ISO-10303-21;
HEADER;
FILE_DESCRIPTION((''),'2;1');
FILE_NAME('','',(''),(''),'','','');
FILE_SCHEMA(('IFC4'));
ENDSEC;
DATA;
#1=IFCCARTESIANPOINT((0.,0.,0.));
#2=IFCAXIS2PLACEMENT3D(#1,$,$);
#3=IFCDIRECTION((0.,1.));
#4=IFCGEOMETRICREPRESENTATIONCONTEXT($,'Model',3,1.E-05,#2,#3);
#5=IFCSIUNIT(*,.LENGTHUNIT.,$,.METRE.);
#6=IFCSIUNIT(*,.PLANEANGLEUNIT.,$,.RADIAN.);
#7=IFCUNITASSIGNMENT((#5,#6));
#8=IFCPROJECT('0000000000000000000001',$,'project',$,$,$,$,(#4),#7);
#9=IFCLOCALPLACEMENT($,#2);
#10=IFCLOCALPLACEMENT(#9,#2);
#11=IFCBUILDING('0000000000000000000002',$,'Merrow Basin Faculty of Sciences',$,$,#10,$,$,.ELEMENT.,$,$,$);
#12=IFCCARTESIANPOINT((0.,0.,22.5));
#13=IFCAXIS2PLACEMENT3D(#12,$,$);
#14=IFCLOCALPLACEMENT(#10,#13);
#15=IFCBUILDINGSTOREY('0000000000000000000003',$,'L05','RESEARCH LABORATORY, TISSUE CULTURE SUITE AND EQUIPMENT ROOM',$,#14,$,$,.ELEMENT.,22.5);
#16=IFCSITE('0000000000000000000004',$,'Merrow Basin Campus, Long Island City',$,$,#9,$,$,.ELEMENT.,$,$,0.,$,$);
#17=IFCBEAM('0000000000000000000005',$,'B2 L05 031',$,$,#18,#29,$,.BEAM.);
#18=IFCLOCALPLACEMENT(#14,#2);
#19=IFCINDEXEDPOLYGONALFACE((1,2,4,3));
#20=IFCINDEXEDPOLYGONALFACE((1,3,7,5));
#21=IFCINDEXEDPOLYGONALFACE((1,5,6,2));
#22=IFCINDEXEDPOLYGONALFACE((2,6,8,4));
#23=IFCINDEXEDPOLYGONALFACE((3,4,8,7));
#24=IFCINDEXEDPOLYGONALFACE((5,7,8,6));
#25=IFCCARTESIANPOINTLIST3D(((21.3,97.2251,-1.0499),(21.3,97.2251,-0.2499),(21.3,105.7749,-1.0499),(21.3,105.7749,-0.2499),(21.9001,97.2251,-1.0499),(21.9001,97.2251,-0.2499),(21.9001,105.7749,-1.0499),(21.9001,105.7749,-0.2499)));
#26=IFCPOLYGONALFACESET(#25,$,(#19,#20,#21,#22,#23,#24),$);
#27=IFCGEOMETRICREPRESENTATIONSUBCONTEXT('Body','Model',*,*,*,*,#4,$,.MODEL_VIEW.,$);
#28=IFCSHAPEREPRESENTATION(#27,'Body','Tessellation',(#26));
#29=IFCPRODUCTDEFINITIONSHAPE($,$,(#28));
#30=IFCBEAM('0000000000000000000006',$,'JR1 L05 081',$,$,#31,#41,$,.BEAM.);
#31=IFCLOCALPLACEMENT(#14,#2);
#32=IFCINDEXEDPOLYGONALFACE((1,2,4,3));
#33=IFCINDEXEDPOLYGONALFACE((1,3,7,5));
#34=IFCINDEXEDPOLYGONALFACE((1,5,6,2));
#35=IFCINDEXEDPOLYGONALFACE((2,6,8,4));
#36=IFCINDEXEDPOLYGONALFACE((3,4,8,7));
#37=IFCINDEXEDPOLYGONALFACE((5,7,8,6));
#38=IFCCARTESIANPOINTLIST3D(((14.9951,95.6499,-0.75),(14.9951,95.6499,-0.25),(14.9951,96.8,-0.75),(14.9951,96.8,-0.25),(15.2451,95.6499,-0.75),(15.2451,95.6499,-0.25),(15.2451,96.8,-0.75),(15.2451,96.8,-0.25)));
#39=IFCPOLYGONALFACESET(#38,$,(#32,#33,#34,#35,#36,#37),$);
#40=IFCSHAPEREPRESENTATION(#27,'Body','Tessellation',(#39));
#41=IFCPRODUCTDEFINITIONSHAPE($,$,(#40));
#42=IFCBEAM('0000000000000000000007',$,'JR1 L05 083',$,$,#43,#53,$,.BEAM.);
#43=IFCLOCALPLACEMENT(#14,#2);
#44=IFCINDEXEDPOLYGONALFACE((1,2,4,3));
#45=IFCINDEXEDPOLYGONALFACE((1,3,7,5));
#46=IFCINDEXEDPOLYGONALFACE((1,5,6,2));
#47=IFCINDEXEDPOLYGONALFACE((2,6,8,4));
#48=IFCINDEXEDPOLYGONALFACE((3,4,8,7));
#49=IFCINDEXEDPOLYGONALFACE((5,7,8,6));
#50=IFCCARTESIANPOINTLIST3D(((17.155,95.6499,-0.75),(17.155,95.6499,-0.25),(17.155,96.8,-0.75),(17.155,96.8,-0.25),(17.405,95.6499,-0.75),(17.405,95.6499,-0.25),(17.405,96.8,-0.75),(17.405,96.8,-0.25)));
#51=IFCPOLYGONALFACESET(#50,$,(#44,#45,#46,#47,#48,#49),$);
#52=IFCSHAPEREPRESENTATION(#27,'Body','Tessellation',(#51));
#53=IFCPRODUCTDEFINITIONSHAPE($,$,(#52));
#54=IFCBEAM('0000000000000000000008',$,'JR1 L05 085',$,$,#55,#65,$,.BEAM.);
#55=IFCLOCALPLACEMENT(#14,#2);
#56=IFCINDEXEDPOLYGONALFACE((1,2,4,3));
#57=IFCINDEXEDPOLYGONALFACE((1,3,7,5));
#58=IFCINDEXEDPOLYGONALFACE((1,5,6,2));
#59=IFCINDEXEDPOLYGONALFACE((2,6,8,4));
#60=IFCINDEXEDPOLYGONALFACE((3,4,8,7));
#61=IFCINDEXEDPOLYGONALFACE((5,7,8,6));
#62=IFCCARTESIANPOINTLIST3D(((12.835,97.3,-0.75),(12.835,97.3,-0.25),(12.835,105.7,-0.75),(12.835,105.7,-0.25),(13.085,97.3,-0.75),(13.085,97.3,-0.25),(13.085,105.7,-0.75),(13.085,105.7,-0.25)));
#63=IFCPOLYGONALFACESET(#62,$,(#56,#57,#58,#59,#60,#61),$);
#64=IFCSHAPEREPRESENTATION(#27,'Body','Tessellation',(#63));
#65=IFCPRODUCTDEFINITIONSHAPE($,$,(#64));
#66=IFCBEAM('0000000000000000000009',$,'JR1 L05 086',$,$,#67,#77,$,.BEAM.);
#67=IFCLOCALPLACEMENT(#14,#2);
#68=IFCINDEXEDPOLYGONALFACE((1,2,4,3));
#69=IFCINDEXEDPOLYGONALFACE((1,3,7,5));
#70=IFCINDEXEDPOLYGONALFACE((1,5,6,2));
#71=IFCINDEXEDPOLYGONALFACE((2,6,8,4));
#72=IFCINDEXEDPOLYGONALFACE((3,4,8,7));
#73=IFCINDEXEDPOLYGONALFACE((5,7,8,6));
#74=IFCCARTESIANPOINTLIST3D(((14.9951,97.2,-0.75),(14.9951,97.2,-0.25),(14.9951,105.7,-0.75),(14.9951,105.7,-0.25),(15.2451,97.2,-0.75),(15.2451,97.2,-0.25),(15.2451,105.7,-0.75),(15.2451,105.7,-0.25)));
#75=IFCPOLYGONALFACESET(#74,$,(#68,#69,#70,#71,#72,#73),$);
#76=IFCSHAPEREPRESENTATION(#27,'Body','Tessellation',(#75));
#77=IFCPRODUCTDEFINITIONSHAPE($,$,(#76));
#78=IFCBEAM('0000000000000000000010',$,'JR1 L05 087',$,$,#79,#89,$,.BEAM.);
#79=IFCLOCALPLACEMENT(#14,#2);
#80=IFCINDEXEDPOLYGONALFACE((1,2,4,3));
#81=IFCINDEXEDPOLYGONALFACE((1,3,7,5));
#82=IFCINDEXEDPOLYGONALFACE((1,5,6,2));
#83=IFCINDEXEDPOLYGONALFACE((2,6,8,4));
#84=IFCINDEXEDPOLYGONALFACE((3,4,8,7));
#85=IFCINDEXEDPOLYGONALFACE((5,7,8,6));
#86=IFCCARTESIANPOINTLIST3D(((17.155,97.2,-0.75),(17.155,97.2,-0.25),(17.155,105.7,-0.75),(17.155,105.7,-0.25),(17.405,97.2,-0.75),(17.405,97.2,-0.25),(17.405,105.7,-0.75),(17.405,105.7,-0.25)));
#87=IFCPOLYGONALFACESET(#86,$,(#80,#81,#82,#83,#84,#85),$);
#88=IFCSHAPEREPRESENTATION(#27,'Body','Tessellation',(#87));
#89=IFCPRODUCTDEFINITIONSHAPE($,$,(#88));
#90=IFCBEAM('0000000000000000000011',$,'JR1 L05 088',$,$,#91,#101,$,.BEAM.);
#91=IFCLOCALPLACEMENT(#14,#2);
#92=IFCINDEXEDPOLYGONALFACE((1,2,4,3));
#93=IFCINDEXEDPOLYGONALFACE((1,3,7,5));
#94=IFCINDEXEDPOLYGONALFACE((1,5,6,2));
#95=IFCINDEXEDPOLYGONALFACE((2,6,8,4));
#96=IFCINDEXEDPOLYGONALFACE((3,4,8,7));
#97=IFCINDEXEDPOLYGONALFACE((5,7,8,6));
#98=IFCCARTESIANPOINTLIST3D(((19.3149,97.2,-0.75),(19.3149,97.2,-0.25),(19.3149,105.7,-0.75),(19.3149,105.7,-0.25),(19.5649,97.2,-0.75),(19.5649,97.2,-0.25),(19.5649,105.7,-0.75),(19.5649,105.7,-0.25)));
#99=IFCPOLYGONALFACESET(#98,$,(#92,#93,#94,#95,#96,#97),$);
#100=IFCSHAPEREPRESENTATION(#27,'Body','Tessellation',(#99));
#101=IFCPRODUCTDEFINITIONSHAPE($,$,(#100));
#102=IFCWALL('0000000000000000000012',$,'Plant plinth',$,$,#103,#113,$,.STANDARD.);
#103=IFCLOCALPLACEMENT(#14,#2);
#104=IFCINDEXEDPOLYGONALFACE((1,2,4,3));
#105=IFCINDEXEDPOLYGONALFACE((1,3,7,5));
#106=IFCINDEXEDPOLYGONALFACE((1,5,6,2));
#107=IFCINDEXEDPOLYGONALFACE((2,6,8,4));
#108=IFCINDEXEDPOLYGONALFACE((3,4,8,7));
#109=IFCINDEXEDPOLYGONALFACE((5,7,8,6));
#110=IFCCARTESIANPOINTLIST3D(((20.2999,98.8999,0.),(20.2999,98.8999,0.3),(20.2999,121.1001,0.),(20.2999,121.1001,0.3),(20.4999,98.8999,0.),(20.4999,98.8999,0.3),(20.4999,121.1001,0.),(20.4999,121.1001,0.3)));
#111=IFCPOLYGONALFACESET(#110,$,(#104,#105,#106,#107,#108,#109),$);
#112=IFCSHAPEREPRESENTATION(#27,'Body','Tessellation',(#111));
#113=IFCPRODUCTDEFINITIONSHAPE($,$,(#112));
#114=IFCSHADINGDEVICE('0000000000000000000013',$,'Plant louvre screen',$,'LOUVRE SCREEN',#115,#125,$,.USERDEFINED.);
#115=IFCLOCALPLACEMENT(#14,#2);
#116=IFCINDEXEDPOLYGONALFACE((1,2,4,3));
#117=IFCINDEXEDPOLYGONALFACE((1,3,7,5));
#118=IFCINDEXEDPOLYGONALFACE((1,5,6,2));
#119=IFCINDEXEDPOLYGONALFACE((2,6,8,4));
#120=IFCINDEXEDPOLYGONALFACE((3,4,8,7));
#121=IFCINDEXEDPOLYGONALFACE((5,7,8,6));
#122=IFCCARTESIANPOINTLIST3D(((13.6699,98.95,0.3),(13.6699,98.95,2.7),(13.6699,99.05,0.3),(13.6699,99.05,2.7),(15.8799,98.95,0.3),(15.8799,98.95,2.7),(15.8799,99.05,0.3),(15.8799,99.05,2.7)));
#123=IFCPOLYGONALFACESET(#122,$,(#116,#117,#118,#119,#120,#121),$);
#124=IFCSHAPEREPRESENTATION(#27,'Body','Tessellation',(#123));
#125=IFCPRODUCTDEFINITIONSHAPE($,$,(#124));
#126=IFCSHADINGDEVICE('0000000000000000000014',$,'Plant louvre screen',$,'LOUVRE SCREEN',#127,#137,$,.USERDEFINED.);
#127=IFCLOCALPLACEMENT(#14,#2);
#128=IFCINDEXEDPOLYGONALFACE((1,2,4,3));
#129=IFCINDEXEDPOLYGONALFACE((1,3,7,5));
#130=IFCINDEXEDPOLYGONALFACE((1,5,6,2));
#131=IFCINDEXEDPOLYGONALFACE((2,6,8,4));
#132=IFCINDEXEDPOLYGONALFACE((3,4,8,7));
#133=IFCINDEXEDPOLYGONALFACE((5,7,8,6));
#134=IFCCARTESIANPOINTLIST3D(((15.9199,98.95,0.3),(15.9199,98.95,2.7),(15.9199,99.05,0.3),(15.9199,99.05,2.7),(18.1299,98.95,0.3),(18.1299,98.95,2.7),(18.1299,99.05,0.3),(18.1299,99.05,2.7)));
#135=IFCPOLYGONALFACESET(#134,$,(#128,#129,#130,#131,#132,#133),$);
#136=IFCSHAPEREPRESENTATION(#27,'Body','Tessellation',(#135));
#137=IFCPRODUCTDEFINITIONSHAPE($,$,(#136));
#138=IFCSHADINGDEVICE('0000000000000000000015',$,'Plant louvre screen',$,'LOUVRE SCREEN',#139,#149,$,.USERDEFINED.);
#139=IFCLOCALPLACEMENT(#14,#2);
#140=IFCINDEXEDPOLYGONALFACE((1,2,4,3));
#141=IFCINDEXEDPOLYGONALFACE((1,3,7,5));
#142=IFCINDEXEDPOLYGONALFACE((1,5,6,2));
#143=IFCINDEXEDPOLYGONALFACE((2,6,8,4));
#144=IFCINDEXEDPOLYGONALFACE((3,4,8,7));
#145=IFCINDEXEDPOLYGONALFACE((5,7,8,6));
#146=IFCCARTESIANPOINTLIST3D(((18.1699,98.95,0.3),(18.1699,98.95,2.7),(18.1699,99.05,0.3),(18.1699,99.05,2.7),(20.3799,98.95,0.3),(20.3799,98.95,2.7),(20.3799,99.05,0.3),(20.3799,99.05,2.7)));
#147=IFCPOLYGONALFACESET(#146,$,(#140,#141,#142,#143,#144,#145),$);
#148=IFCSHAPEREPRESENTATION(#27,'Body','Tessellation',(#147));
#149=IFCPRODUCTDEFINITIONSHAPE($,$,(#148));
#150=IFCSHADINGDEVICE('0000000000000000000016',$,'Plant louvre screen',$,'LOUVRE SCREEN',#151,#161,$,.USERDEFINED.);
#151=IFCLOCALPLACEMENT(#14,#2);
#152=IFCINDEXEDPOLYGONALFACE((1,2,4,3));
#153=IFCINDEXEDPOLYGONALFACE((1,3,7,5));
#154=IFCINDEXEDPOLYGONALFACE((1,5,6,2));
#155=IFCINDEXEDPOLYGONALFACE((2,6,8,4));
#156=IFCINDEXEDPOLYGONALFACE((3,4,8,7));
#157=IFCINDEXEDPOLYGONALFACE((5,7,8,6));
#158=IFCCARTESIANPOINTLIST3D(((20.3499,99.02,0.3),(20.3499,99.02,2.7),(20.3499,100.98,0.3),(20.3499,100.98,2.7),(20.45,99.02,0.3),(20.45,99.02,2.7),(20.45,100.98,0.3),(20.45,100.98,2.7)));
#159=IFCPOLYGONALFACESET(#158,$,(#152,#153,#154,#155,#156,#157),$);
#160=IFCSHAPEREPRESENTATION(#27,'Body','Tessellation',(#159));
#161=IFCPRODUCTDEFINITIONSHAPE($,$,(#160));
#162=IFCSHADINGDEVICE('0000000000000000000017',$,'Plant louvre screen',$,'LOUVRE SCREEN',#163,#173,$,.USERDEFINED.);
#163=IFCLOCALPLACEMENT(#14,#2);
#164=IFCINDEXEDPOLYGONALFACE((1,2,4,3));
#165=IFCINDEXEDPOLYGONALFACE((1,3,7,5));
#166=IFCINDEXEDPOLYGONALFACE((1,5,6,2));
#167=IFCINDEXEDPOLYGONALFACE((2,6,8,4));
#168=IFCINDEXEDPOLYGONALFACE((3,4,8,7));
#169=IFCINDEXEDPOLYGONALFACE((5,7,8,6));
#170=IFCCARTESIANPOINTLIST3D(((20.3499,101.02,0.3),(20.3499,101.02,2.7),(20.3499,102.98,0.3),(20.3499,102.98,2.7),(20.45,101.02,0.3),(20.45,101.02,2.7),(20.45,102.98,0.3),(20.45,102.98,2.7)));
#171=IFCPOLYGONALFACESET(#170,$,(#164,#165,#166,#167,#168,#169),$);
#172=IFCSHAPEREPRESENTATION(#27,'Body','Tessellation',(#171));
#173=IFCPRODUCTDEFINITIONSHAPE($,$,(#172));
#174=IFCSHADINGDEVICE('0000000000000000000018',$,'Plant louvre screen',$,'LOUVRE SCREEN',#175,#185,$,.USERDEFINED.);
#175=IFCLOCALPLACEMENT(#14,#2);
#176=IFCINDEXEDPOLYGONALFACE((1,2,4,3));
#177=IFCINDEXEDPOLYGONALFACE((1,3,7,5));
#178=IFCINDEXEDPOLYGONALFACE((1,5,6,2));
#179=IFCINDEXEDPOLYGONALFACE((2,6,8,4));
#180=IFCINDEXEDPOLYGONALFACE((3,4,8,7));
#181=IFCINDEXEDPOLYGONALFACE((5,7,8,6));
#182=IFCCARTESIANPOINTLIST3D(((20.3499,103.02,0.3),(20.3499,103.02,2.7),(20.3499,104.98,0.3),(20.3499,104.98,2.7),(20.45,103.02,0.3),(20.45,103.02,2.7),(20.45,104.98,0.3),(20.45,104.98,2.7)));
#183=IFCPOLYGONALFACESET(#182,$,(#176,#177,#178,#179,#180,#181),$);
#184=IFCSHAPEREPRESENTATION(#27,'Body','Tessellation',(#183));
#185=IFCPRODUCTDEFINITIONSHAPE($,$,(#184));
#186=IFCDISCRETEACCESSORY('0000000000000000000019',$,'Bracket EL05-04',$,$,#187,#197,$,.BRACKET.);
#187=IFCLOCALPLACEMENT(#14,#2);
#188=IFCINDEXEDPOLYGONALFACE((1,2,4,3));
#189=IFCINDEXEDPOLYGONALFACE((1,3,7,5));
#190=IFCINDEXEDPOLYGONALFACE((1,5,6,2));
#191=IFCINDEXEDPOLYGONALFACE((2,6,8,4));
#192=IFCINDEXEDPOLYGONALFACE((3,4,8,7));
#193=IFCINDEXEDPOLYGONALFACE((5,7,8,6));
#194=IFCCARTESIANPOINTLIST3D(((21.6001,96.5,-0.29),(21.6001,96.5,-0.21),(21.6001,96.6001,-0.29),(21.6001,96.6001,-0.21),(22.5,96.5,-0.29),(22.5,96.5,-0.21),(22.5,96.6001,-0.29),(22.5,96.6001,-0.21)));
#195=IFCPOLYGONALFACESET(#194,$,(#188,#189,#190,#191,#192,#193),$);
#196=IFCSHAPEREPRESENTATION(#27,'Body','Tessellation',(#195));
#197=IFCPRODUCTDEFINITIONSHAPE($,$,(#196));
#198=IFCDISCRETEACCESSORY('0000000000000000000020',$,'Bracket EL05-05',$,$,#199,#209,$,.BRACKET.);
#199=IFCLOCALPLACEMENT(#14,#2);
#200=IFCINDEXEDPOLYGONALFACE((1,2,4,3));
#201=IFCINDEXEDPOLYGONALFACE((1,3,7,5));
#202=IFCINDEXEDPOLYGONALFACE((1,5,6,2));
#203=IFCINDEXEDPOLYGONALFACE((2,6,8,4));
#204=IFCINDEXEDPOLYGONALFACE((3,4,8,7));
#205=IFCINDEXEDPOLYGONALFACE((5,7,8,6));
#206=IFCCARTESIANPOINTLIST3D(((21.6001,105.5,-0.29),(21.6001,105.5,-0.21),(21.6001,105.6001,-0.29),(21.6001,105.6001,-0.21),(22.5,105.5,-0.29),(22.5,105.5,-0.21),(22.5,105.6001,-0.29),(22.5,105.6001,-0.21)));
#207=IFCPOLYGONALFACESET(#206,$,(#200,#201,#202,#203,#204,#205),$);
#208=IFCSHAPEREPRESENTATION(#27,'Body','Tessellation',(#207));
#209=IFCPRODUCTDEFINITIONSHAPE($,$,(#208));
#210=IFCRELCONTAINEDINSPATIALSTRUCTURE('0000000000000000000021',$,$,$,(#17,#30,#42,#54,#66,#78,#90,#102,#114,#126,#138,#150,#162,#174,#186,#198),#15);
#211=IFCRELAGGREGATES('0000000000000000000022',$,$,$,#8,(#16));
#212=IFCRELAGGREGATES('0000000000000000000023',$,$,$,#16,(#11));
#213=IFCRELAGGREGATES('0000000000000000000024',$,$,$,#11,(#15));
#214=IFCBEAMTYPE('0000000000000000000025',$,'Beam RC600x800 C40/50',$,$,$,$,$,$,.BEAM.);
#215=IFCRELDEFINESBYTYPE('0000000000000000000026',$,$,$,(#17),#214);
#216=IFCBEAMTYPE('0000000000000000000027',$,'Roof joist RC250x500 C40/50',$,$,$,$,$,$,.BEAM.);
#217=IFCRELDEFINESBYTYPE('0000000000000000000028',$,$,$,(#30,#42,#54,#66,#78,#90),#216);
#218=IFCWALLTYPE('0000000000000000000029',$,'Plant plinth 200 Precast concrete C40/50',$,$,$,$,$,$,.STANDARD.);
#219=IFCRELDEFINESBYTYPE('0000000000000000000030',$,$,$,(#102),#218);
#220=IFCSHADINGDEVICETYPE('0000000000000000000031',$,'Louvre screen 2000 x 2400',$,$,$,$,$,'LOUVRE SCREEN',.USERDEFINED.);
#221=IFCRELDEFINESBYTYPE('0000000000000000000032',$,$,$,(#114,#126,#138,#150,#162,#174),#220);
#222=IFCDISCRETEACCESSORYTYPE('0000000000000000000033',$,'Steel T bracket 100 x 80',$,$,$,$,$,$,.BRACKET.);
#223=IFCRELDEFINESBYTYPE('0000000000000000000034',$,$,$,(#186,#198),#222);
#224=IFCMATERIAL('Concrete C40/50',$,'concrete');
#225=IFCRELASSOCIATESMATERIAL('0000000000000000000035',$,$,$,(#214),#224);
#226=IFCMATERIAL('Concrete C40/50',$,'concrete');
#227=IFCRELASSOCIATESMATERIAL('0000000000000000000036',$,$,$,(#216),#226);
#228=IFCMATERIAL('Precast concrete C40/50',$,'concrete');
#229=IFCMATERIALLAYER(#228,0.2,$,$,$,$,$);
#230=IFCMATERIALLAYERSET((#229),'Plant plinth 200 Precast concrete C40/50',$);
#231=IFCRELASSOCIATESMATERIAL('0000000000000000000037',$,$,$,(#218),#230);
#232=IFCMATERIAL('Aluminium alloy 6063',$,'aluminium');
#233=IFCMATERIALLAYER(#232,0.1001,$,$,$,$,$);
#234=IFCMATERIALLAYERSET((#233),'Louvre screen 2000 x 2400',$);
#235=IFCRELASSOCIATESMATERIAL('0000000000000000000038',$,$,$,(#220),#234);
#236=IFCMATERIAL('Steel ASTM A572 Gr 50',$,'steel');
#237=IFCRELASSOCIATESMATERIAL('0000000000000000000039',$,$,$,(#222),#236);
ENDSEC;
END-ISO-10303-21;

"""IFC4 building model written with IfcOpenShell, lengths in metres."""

from ifc_helpers import new_model, si_unit, direction, frame, frame_2d, origin, origin_2d, place, context, subcontext, project, spatial, polyline, rectangle, outline, extrude, source, transform, mapped, material, layer, layer_set, material_profile, profile_set, type_object, element, save


model = new_model("IFC4")

# Units and contexts
model_context = context("Model", 3, precision=1e-05, world=origin(), true_north=direction((0.0, 1.0)))
body_context = subcontext(model_context, "Body", "Model", "MODEL_VIEW")
ifc_project = project(units=[si_unit("LENGTHUNIT", "METRE"), si_unit("PLANEANGLEUNIT", "RADIAN")], contexts=[model_context])

# Site, building, storey
site_placement = place(None, origin())
site = spatial("IfcSite", under=ifc_project, at=site_placement, Name="Merrow Basin Campus, Long Island City", CompositionType="ELEMENT", RefElevation=0.0)
building_placement = place(site_placement, origin())
building = spatial("IfcBuilding", under=site, at=building_placement, Name="Merrow Basin Faculty of Sciences", CompositionType="ELEMENT")
storey_placement = place(building_placement, frame((0.0, 0.0, 22.5)))
storey = spatial("IfcBuildingStorey", under=building, at=storey_placement, Name="L05", Description="RESEARCH LABORATORY, TISSUE CULTURE SUITE AND EQUIPMENT ROOM", CompositionType="ELEMENT", Elevation=22.5)

# Beams
ifc_material_1 = material(Name="Concrete C40/50", Category="concrete")
ifc_material_profile_1 = material_profile(ifc_material_1, rectangle(XDim=0.6001, YDim=0.8, at=origin_2d()))
ifc_profile_set_1 = profile_set([ifc_material_profile_1], Name="Concrete C40/50")
beam_type_1 = type_object("IfcBeamType", Name="Beam RC600x800 C40/50", PredefinedType="BEAM", material=ifc_profile_set_1)
beam_1_placement = place(storey_placement, frame((21.6001, 97.2251, -0.6499), z_axis=(0.0, 1.0, 0.0), x_axis=(-1.0, 0.0, 0.0)))
element("IfcBeam", 1, at=beam_1_placement, inside=storey, type_object=beam_type_1, Name="B2 L05 031", PredefinedType="BEAM", context=body_context, shape_type="SweptSolid", body=[
    extrude(rectangle(XDim=0.6001, YDim=0.8, at=origin_2d()), origin(), (0.0, 0.0, 1.0), 8.5498),
])
ifc_material_2 = material(Name="Concrete C40/50", Category="concrete")
ifc_material_profile_2 = material_profile(ifc_material_2, rectangle(XDim=0.25, YDim=0.5, at=origin_2d()))
ifc_profile_set_2 = profile_set([ifc_material_profile_2], Name="Concrete C40/50")
beam_type_2 = type_object("IfcBeamType", Name="Roof joist RC250x500 C40/50", PredefinedType="BEAM", material=ifc_profile_set_2)
for number, where, z_axis, x_axis, name in (
    (2, (15.1201, 95.6499, -0.5), (0.0, 1.0, 0.0), (-1.0, 0.0, 0.0), "JR1 L05 081"),
    (3, (17.28, 95.6499, -0.5), (0.0, 1.0, 0.0), (-1.0, 0.0, 0.0), "JR1 L05 083"),
):
    element("IfcBeam", number, at=place(storey_placement, frame(where, z_axis=z_axis, x_axis=x_axis)), inside=storey, type_object=beam_type_2, Name=name, PredefinedType="BEAM", context=body_context, shape_type="SweptSolid", body=[
        extrude(rectangle(XDim=0.25, YDim=0.5, at=origin_2d()), origin(), (0.0, 0.0, 1.0), 1.1501),
    ])
beam_2_placement = place(storey_placement, frame((12.96, 97.3, -0.5), z_axis=(0.0, 1.0, 0.0), x_axis=(-1.0, 0.0, 0.0)))
element("IfcBeam", 4, at=beam_2_placement, inside=storey, type_object=beam_type_2, Name="JR1 L05 085", PredefinedType="BEAM", context=body_context, shape_type="SweptSolid", body=[
    extrude(rectangle(XDim=0.25, YDim=0.5, at=origin_2d()), origin(), (0.0, 0.0, 1.0), 8.3999),
])
for number, where, z_axis, x_axis, name in (
    (5, (15.1201, 97.2, -0.5), (0.0, 1.0, 0.0), (-1.0, 0.0, 0.0), "JR1 L05 086"),
    (6, (17.28, 97.2, -0.5), (0.0, 1.0, 0.0), (-1.0, 0.0, 0.0), "JR1 L05 087"),
    (7, (19.4399, 97.2, -0.5), (0.0, 1.0, 0.0), (-1.0, 0.0, 0.0), "JR1 L05 088"),
):
    element("IfcBeam", number, at=place(storey_placement, frame(where, z_axis=z_axis, x_axis=x_axis)), inside=storey, type_object=beam_type_2, Name=name, PredefinedType="BEAM", context=body_context, shape_type="SweptSolid", body=[
        extrude(rectangle(XDim=0.25, YDim=0.5, at=origin_2d()), origin(), (0.0, 0.0, 1.0), 8.5),
    ])

# Wall
ifc_material_3 = material(Name="Precast concrete C40/50", Category="concrete")
ifc_layer_1 = layer(ifc_material_3, 0.2)
ifc_layer_set_1 = layer_set([ifc_layer_1], Name="Plant plinth 200 Precast concrete C40/50")
wall_type = type_object("IfcWallType", Name="Plant plinth 200 Precast concrete C40/50", PredefinedType="STANDARD", material=ifc_layer_set_1)
wall_placement = place(storey_placement, frame((20.3999, 98.8999, 0.0), z_axis=(0.0, 0.0, 1.0), x_axis=(0.0, 1.0, 0.0)))
element("IfcWall", 8, at=wall_placement, inside=storey, type_object=wall_type, Name="Plant plinth", PredefinedType="STANDARD", context=body_context, shape_type="SweptSolid", body=[
    extrude(rectangle(XDim=22.2002, YDim=0.2, at=frame_2d((11.1001, 0.0))), origin(), (0.0, 0.0, 1.0), 0.3),
])

# Shading devices
ifc_material_4 = material(Name="Aluminium alloy 6063", Category="aluminium")
ifc_layer_2 = layer(ifc_material_4, 0.1001)
ifc_layer_set_2 = layer_set([ifc_layer_2], Name="Louvre screen 2000 x 2400")
shading_device_type = type_object("IfcShadingDeviceType", Name="Louvre screen 2000 x 2400", ElementType="LOUVRE SCREEN", PredefinedType="USERDEFINED", material=ifc_layer_set_2)
for number, where, z_axis, x_axis, name in (
    (9, (14.7749, 99.0, 0.3), (0.0, 0.0, 1.0), (1.0, 0.0, 0.0), "Plant louvre screen"),
    (10, (17.0249, 99.0, 0.3), (0.0, 0.0, 1.0), (1.0, 0.0, 0.0), "Plant louvre screen"),
    (11, (19.2749, 99.0, 0.3), (0.0, 0.0, 1.0), (1.0, 0.0, 0.0), "Plant louvre screen"),
):
    element("IfcShadingDevice", number, at=place(storey_placement, frame(where, z_axis=z_axis, x_axis=x_axis)), inside=storey, type_object=shading_device_type, Name=name, ObjectType="LOUVRE SCREEN", PredefinedType="USERDEFINED", context=body_context, shape_type="SweptSolid", body=[
        extrude(rectangle(XDim=2.21, YDim=0.1001, at=origin_2d()), origin(), (0.0, 0.0, 1.0), 2.3999),
    ])
for number, where, z_axis, x_axis, name in (
    (12, (20.3999, 100.0, 0.3), (0.0, 0.0, 1.0), (0.0, 1.0, 0.0), "Plant louvre screen"),
    (13, (20.3999, 102.0, 0.3), (0.0, 0.0, 1.0), (0.0, 1.0, 0.0), "Plant louvre screen"),
    (14, (20.3999, 104.0, 0.3), (0.0, 0.0, 1.0), (0.0, 1.0, 0.0), "Plant louvre screen"),
):
    element("IfcShadingDevice", number, at=place(storey_placement, frame(where, z_axis=z_axis, x_axis=x_axis)), inside=storey, type_object=shading_device_type, Name=name, ObjectType="LOUVRE SCREEN", PredefinedType="USERDEFINED", context=body_context, shape_type="SweptSolid", body=[
        extrude(rectangle(XDim=1.96, YDim=0.1001, at=origin_2d()), origin(), (0.0, 0.0, 1.0), 2.3999),
    ])

# Discrete accessories
ifc_material_5 = material(Name="Steel ASTM A572 Gr 50", Category="steel")
discrete_accessory_type = type_object("IfcDiscreteAccessoryType", Name="Steel T bracket 100 x 80", PredefinedType="BRACKET", material=ifc_material_5)
shared_shape_1 = source(origin(), body_context, "Body", "SweptSolid", [
    extrude(outline(polyline([(0.0, 0.0), (0.1001, 0.0), (0.1001, 0.0801), (0.0, 0.0801), (0.0, 0.0)])), origin(), (0.0, 0.0, 1.0), 0.8999),
])
for number, where, z_axis, x_axis, name in (
    (15, (22.5, 96.6001, -0.29), (-1.0, 0.0, 0.0), (0.0, -1.0, 0.0), "Bracket EL05-04"),
    (16, (22.5, 105.6001, -0.29), (-1.0, 0.0, 0.0), (0.0, -1.0, 0.0), "Bracket EL05-05"),
):
    element("IfcDiscreteAccessory", number, at=place(storey_placement, frame(where, z_axis=z_axis, x_axis=x_axis)), inside=storey, type_object=discrete_accessory_type, Name=name, PredefinedType="BRACKET", context=body_context, shape_type="MappedRepresentation", body=[
        mapped(shared_shape_1, transform((0.0, 0.0, 0.0), scale=1.0)),
    ])

save(model, "model.ifc")
